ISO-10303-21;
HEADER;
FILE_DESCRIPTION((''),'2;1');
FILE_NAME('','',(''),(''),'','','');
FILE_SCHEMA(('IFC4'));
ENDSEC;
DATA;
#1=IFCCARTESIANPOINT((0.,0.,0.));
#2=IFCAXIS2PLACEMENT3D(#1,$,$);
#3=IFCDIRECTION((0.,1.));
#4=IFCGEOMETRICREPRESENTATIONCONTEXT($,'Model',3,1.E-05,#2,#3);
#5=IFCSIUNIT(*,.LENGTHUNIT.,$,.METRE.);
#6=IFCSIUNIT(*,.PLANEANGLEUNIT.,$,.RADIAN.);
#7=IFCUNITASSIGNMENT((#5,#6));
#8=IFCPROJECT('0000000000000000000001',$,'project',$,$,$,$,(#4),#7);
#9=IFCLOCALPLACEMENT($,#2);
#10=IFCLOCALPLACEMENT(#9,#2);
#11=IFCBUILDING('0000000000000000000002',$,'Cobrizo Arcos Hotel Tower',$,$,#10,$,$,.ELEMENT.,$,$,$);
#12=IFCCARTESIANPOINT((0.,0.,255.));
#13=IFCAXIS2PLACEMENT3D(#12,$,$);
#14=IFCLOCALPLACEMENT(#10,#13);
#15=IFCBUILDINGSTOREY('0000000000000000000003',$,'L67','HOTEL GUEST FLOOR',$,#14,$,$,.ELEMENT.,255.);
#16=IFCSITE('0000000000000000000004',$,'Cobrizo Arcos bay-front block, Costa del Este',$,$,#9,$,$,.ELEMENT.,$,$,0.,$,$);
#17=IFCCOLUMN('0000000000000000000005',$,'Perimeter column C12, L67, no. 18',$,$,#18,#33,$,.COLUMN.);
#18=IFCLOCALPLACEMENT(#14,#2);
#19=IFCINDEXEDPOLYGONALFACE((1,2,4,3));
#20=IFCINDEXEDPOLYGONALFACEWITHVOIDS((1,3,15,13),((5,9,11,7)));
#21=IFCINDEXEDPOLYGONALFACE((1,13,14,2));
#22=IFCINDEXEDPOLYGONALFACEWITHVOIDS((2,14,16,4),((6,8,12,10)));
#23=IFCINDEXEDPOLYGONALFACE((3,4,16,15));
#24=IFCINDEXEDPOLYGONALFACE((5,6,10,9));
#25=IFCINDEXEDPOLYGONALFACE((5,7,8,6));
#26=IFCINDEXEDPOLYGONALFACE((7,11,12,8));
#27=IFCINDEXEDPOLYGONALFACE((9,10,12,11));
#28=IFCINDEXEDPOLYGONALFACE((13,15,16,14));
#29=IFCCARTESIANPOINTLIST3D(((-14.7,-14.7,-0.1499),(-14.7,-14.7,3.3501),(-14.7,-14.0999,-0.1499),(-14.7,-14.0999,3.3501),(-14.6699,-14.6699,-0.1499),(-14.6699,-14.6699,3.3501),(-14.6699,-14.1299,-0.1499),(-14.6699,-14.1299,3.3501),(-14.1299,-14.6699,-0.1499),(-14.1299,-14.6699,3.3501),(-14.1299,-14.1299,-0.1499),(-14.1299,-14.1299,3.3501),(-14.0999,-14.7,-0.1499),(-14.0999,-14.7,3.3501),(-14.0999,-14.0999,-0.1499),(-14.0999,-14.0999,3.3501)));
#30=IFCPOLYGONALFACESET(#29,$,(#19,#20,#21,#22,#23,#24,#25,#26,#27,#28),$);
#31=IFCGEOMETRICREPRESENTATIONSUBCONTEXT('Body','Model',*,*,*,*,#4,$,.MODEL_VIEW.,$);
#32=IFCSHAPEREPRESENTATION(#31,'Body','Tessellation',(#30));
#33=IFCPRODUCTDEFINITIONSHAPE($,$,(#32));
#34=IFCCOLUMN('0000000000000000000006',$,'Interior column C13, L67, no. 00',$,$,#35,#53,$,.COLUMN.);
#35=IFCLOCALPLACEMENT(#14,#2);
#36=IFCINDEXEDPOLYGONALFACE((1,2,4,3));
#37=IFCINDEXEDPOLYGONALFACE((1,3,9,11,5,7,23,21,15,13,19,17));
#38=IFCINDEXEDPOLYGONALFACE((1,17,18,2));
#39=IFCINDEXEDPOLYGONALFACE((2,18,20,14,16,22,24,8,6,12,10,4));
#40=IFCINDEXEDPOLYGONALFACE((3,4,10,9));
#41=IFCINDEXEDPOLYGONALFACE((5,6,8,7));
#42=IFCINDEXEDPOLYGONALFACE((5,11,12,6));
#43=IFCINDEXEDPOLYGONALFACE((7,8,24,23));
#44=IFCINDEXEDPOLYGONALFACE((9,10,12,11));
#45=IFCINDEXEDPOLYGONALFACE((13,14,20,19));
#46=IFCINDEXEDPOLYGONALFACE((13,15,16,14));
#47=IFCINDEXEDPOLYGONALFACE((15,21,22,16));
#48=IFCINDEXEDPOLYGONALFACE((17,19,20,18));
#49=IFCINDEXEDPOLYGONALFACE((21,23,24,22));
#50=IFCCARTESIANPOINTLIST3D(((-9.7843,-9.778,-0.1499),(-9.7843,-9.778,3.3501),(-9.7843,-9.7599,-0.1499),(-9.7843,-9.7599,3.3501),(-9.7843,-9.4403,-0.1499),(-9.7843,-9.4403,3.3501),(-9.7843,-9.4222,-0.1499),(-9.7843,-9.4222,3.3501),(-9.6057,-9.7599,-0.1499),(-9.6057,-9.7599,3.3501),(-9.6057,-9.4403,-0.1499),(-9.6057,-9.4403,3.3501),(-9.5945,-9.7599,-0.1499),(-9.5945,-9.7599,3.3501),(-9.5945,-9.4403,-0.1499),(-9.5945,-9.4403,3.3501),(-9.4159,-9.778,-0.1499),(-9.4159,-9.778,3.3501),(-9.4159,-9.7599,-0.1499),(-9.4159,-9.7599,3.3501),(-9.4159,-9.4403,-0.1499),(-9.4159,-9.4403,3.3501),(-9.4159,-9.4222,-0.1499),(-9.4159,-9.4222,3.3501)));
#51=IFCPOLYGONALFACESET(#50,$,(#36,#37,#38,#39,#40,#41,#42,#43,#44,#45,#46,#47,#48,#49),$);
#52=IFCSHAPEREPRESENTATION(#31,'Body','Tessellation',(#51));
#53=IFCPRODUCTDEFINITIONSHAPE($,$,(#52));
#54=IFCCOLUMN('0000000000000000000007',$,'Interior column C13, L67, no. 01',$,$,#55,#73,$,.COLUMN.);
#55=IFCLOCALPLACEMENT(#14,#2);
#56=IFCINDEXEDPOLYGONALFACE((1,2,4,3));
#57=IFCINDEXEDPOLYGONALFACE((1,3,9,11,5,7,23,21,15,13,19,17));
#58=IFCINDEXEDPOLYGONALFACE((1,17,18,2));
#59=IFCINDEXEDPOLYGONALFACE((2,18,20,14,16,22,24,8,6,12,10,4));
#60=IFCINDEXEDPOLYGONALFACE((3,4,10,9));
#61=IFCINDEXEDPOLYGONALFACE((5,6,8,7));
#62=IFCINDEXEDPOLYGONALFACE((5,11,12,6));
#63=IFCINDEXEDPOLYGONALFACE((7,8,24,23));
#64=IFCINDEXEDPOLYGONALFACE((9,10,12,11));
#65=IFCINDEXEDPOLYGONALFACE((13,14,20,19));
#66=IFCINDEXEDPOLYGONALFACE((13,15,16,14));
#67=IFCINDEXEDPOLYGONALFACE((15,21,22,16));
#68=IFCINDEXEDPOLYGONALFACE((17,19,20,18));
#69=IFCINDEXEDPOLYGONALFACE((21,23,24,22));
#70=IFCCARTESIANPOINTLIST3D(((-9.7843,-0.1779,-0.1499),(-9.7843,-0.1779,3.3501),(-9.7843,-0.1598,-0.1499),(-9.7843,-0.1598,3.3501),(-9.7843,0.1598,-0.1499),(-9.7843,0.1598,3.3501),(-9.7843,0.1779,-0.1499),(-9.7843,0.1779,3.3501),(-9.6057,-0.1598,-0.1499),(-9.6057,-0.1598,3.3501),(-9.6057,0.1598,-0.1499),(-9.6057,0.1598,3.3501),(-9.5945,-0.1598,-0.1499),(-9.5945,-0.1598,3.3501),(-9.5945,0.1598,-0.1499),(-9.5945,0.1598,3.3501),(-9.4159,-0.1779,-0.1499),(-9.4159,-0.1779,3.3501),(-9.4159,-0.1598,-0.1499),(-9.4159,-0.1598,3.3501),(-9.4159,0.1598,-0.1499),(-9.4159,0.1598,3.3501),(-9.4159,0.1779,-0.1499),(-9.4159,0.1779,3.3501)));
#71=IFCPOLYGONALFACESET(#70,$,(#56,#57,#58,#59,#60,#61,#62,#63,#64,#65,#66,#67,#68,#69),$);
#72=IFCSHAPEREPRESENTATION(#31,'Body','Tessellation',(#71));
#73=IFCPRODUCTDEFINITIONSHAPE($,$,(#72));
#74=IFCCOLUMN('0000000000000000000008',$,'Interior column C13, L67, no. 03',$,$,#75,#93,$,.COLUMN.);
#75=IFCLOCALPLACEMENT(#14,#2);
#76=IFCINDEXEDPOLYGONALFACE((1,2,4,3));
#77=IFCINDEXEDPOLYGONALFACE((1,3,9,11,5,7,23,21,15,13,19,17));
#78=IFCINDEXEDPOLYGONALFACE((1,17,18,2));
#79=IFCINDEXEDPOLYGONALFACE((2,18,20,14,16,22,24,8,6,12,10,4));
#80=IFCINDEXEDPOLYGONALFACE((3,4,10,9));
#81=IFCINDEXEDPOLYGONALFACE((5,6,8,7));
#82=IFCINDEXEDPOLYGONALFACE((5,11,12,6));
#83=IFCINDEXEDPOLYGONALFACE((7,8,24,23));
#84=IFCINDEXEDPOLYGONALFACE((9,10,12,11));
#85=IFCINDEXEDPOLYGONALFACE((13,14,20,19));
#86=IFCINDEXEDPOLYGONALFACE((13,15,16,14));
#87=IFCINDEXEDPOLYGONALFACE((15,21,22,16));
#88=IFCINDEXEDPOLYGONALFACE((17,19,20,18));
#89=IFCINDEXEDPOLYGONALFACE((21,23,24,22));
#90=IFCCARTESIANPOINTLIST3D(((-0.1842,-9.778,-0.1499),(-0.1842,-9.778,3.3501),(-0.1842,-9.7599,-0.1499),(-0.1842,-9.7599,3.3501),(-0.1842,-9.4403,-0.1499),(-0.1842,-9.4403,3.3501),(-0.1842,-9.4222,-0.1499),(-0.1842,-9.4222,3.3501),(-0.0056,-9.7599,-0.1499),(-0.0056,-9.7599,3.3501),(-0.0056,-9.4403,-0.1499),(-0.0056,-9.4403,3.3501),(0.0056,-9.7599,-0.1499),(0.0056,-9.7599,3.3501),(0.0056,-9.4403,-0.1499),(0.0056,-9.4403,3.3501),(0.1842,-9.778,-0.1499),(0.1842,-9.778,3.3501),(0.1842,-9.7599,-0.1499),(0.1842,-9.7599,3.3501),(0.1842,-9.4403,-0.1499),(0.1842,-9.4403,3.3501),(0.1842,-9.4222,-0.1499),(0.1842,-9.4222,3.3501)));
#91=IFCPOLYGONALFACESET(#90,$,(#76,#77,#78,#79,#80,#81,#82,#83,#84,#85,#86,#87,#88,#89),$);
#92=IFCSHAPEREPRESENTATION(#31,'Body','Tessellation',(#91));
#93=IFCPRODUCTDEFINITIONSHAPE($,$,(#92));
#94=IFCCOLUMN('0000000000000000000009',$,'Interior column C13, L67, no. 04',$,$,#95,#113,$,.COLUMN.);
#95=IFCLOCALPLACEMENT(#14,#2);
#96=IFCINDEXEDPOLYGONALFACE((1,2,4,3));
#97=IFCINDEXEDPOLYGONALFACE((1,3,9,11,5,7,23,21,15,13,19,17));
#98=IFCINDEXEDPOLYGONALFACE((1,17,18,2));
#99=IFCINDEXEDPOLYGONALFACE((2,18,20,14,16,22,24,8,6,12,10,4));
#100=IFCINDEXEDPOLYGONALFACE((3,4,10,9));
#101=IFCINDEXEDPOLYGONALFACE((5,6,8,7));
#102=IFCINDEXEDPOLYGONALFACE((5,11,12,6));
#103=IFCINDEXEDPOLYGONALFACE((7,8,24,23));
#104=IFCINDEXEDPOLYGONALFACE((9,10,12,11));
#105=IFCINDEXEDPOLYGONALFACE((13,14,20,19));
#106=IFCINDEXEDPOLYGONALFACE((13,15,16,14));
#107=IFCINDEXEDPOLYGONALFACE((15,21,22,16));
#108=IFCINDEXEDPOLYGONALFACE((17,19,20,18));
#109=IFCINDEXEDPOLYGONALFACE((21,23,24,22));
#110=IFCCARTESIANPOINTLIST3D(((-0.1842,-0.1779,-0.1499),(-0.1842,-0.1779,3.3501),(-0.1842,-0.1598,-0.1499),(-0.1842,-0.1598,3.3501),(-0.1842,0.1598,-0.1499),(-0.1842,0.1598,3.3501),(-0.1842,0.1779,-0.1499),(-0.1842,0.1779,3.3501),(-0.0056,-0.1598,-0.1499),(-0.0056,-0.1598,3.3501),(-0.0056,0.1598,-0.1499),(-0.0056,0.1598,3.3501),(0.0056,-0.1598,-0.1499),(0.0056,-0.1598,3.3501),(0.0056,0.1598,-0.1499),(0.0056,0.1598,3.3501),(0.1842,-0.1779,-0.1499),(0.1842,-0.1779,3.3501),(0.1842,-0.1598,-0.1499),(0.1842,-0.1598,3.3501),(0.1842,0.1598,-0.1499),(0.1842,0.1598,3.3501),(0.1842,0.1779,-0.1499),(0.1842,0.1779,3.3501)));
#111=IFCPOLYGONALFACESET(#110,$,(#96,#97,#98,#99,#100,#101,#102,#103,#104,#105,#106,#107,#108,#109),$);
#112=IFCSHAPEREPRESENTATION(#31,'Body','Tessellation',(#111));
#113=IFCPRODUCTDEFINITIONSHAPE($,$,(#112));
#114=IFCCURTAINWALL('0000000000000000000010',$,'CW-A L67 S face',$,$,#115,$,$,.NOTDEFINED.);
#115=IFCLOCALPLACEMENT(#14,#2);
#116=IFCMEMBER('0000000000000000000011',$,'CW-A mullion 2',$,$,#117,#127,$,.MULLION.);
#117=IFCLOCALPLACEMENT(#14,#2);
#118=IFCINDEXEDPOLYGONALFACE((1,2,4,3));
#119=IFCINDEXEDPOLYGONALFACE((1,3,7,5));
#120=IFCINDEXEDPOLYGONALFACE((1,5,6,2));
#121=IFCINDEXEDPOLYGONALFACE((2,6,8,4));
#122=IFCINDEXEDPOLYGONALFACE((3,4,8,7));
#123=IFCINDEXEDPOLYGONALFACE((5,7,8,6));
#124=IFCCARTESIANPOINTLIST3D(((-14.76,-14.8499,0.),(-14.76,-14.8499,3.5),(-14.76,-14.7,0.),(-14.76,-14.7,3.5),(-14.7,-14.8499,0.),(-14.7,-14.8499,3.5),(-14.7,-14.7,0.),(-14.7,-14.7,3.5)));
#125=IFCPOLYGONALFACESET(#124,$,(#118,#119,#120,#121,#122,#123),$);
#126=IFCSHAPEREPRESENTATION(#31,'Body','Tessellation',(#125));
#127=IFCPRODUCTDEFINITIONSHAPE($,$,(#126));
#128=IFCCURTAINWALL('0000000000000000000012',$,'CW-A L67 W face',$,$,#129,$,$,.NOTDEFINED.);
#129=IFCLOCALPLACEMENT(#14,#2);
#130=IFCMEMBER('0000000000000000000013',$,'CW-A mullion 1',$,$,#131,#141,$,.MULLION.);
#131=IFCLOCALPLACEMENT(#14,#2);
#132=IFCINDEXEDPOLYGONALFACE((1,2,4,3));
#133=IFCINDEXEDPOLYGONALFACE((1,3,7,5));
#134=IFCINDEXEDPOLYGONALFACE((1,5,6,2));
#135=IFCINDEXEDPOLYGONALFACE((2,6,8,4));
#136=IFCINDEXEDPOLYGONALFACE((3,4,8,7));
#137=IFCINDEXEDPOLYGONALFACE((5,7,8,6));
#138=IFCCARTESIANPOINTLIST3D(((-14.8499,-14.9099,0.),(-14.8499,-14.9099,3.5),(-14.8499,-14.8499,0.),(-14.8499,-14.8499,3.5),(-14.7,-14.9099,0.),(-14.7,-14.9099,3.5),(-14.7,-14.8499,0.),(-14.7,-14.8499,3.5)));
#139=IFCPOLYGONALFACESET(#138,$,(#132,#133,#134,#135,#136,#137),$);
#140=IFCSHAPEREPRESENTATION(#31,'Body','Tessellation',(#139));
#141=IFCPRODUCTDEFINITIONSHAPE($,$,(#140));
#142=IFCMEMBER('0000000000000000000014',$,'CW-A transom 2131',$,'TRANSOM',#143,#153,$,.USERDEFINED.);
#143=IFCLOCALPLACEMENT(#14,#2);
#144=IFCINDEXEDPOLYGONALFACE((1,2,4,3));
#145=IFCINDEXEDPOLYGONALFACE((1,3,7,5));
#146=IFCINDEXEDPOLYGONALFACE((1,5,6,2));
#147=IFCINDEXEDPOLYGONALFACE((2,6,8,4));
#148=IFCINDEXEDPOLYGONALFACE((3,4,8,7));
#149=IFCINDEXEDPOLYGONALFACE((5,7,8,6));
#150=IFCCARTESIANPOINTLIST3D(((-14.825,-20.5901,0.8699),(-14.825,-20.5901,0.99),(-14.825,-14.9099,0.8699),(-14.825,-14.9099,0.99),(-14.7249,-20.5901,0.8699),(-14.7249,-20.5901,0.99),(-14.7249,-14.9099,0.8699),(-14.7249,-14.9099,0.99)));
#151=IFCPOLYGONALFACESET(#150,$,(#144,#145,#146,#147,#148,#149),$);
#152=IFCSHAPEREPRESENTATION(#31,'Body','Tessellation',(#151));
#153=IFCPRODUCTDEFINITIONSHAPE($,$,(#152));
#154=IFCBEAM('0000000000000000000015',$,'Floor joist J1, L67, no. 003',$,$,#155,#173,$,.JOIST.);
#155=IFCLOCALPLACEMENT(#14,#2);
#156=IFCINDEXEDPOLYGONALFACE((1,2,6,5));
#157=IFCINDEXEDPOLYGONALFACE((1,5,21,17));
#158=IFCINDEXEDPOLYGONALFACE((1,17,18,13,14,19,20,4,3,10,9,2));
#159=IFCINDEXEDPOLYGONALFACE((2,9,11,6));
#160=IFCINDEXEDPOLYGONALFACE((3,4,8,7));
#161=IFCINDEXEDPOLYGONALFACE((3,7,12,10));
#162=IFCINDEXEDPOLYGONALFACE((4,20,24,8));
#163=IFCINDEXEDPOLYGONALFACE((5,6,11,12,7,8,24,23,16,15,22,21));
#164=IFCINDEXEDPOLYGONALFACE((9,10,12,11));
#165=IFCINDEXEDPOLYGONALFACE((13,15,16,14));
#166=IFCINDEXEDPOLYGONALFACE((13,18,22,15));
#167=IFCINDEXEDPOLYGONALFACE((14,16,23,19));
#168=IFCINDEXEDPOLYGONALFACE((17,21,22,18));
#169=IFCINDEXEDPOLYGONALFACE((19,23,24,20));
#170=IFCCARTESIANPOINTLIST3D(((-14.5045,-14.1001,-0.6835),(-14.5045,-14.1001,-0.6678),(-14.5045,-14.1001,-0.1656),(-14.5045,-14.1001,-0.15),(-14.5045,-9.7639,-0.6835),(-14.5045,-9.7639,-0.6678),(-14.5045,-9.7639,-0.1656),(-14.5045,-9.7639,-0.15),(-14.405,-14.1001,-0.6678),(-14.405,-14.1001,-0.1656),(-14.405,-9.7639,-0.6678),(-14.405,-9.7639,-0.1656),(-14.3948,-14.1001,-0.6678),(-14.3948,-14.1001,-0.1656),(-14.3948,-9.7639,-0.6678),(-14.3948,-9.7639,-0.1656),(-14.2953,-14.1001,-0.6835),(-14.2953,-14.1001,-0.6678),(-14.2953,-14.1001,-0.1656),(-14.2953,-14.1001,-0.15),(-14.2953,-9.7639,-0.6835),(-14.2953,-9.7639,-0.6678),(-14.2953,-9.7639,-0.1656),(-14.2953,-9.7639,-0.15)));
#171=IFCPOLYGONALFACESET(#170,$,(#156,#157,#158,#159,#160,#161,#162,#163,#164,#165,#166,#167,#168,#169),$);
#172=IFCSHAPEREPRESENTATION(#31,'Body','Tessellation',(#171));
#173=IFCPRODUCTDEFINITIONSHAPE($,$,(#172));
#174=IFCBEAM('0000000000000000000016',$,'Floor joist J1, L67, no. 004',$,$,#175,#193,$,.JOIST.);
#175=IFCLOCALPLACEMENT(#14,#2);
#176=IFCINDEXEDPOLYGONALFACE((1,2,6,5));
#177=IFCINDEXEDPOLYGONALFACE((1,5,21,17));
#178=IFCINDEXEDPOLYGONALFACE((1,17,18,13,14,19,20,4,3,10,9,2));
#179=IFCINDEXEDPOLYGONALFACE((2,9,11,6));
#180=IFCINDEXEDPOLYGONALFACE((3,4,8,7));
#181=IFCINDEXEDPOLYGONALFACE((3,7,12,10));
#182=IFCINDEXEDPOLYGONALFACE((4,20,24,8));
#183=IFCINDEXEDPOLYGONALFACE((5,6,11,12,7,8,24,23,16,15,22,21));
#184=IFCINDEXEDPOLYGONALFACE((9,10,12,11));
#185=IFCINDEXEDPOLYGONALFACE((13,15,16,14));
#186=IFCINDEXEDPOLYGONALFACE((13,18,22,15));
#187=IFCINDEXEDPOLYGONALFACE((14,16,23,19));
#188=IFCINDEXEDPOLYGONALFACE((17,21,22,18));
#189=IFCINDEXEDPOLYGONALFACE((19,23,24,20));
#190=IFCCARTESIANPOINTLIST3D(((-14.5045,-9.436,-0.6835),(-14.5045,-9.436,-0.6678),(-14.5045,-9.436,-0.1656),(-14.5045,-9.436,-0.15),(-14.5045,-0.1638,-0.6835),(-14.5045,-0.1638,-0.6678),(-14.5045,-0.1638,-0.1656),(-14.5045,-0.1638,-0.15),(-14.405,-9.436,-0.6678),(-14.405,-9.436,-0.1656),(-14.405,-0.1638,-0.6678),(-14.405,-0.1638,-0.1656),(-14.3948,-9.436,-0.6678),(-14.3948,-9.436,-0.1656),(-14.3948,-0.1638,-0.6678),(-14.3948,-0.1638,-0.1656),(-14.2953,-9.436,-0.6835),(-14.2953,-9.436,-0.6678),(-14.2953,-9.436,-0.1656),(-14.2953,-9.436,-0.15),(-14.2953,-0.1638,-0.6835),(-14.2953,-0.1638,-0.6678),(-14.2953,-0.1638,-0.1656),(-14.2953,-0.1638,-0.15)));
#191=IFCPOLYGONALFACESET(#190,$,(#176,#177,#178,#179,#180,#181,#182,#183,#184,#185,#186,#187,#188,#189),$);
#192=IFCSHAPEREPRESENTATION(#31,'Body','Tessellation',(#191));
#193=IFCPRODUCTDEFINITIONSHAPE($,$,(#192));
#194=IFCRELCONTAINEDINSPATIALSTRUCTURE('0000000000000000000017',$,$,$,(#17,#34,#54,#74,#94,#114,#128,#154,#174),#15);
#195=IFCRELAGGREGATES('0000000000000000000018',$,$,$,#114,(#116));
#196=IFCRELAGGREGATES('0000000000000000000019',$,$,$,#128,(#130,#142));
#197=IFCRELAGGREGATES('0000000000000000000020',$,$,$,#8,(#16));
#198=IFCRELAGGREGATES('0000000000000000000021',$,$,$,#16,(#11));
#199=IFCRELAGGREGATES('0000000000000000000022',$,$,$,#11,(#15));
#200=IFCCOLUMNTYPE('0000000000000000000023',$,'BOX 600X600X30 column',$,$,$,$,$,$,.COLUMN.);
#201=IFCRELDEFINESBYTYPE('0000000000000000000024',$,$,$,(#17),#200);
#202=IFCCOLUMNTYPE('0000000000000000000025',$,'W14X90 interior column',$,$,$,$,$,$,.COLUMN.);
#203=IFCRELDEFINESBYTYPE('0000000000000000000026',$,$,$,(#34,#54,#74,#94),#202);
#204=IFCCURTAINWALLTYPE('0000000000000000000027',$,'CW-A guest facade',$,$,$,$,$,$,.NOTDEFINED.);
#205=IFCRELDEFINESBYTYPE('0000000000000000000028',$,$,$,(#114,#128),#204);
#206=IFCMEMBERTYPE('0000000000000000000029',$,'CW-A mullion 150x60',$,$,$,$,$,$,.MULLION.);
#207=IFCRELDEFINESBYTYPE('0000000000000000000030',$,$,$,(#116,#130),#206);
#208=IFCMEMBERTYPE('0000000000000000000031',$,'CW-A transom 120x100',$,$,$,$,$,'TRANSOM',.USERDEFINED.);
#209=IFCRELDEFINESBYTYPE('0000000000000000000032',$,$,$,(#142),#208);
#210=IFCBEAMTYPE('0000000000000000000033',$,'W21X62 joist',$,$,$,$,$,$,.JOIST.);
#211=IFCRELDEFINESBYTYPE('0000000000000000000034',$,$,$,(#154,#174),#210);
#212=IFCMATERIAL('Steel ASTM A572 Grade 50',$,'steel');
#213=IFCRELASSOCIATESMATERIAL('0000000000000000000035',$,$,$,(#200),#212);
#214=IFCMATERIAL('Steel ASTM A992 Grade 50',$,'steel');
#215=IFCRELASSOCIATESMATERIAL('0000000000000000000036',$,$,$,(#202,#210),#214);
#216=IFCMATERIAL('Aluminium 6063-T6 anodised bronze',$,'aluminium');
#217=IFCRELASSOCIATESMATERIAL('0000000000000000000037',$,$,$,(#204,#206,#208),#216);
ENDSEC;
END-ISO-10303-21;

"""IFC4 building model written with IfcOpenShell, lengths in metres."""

from ifc_helpers import new_model, si_unit, direction, frame, origin, origin_2d, place, context, subcontext, project, spatial, rectangle, hollow_rectangle, i_section, extrude, material, material_profile, profile_set, type_object, element, aggregate, save


model = new_model("IFC4")

# Units and contexts
model_context = context("Model", 3, precision=1e-05, world=origin(), true_north=direction((0.0, 1.0)))
body_context = subcontext(model_context, "Body", "Model", "MODEL_VIEW")
ifc_project = project(units=[si_unit("LENGTHUNIT", "METRE"), si_unit("PLANEANGLEUNIT", "RADIAN")], contexts=[model_context])

# Site, building, storey
site_placement = place(None, origin())
site = spatial("IfcSite", under=ifc_project, at=site_placement, Name="Cobrizo Arcos bay-front block, Costa del Este", CompositionType="ELEMENT", RefElevation=0.0)
building_placement = place(site_placement, origin())
building = spatial("IfcBuilding", under=site, at=building_placement, Name="Cobrizo Arcos Hotel Tower", CompositionType="ELEMENT")
storey_placement = place(building_placement, frame((0.0, 0.0, 255.0)))
storey = spatial("IfcBuildingStorey", under=building, at=storey_placement, Name="L67", Description="HOTEL GUEST FLOOR", CompositionType="ELEMENT", Elevation=255.0)

# Columns
ifc_material_1 = material(Name="Steel ASTM A572 Grade 50", Category="steel")
ifc_material_profile_1 = material_profile(ifc_material_1, hollow_rectangle(XDim=0.6001, YDim=0.6001, WallThickness=0.03, at=origin_2d()), Name="BOX 600X600X30")
ifc_profile_set_1 = profile_set([ifc_material_profile_1], Name="Steel ASTM A572 Grade 50")
column_type_1 = type_object("IfcColumnType", Name="BOX 600X600X30 column", PredefinedType="COLUMN", material=ifc_profile_set_1)
column_placement = place(storey_placement, frame((-14.3999, -14.3999, -0.1499), z_axis=(0.0, 0.0, 1.0), x_axis=(1.0, 0.0, 0.0)))
element("IfcColumn", 1, at=column_placement, inside=storey, type_object=column_type_1, Name="Perimeter column C12, L67, no. 18", PredefinedType="COLUMN", context=body_context, shape_type="SweptSolid", body=[
    extrude(hollow_rectangle(XDim=0.6001, YDim=0.6001, WallThickness=0.03, at=origin_2d()), origin(), (0.0, 0.0, 1.0), 3.5),
])
ifc_material_2 = material(Name="Steel ASTM A992 Grade 50", Category="steel")
ifc_material_profile_2 = material_profile(ifc_material_2, i_section(OverallWidth=0.3684, OverallDepth=0.3557, WebThickness=0.0112, FlangeThickness=0.0181, at=origin_2d()), Name="W14X90")
ifc_profile_set_2 = profile_set([ifc_material_profile_2], Name="Steel ASTM A992 Grade 50")
column_type_2 = type_object("IfcColumnType", Name="W14X90 interior column", PredefinedType="COLUMN", material=ifc_profile_set_2)
for number, where, z_axis, x_axis, name in (
    (2, (-9.6001, -9.6001, -0.1499), (0.0, 0.0, 1.0), (1.0, 0.0, 0.0), "Interior column C13, L67, no. 00"),
    (3, (-9.6001, 0.0, -0.1499), (0.0, 0.0, 1.0), (1.0, 0.0, 0.0), "Interior column C13, L67, no. 01"),
    (4, (0.0, -9.6001, -0.1499), (0.0, 0.0, 1.0), (1.0, 0.0, 0.0), "Interior column C13, L67, no. 03"),
    (5, (0.0, 0.0, -0.1499), (0.0, 0.0, 1.0), (1.0, 0.0, 0.0), "Interior column C13, L67, no. 04"),
):
    element("IfcColumn", number, at=place(storey_placement, frame(where, z_axis=z_axis, x_axis=x_axis)), inside=storey, type_object=column_type_2, Name=name, PredefinedType="COLUMN", context=body_context, shape_type="SweptSolid", body=[
        extrude(i_section(OverallWidth=0.3684, OverallDepth=0.3557, WebThickness=0.0112, FlangeThickness=0.0181, at=origin_2d()), origin(), (0.0, 0.0, 1.0), 3.5),
    ])

# Curtain wall, member
ifc_material_3 = material(Name="Aluminium 6063-T6 anodised bronze", Category="aluminium")
curtain_wall_type = type_object("IfcCurtainWallType", Name="CW-A guest facade", PredefinedType="NOTDEFINED", material=ifc_material_3)
curtain_wall_1_placement = place(storey_placement, origin())
curtain_wall_1 = element("IfcCurtainWall", 6, at=curtain_wall_1_placement, inside=storey, type_object=curtain_wall_type, Name="CW-A L67 S face", PredefinedType="NOTDEFINED")
ifc_material_profile_3 = material_profile(ifc_material_3, rectangle(XDim=0.1499, YDim=0.0601, at=origin_2d()), Name="CW-A mullion 150x60")
ifc_profile_set_3 = profile_set([ifc_material_profile_3], Name="Aluminium 6063-T6 anodised bronze")
member_type_1 = type_object("IfcMemberType", Name="CW-A mullion 150x60", PredefinedType="MULLION", material=ifc_profile_set_3)
member_1_placement = place(storey_placement, frame((-14.73, -14.7749, 0.0), z_axis=(0.0, 0.0, 1.0), x_axis=(0.0, -1.0, 0.0)))
member_1 = element("IfcMember", 7, at=member_1_placement, type_object=member_type_1, Name="CW-A mullion 2", PredefinedType="MULLION", context=body_context, shape_type="SweptSolid", body=[
    extrude(rectangle(XDim=0.1499, YDim=0.0601, at=origin_2d()), origin(), (0.0, 0.0, 1.0), 3.5),
])
aggregate(curtain_wall_1, [member_1])

# Curtain wall, members
curtain_wall_2_placement = place(storey_placement, origin())
curtain_wall_2 = element("IfcCurtainWall", 8, at=curtain_wall_2_placement, inside=storey, type_object=curtain_wall_type, Name="CW-A L67 W face", PredefinedType="NOTDEFINED")
member_2_placement = place(storey_placement, frame((-14.7749, -14.8799, 0.0), z_axis=(0.0, 0.0, 1.0), x_axis=(-1.0, 0.0, 0.0)))
member_2 = element("IfcMember", 9, at=member_2_placement, type_object=member_type_1, Name="CW-A mullion 1", PredefinedType="MULLION", context=body_context, shape_type="SweptSolid", body=[
    extrude(rectangle(XDim=0.1499, YDim=0.0601, at=origin_2d()), origin(), (0.0, 0.0, 1.0), 3.5),
])
ifc_material_profile_4 = material_profile(ifc_material_3, rectangle(XDim=0.1001, YDim=0.1201, at=origin_2d()), Name="CW-A transom 120x100")
ifc_profile_set_4 = profile_set([ifc_material_profile_4], Name="Aluminium 6063-T6 anodised bronze")
member_type_2 = type_object("IfcMemberType", Name="CW-A transom 120x100", ElementType="TRANSOM", PredefinedType="USERDEFINED", material=ifc_profile_set_4)
member_3_placement = place(storey_placement, frame((-14.7749, -14.9099, 0.9299), z_axis=(0.0, -1.0, 0.0), x_axis=(1.0, 0.0, 0.0)))
member_3 = element("IfcMember", 10, at=member_3_placement, type_object=member_type_2, Name="CW-A transom 2131", ObjectType="TRANSOM", PredefinedType="USERDEFINED", context=body_context, shape_type="SweptSolid", body=[
    extrude(rectangle(XDim=0.1001, YDim=0.1201, at=origin_2d()), origin(), (0.0, 0.0, 1.0), 5.6802),
])
aggregate(curtain_wall_2, [member_2, member_3])

# Beams
ifc_material_profile_5 = material_profile(ifc_material_2, i_section(OverallWidth=0.2092, OverallDepth=0.5334, WebThickness=0.0103, FlangeThickness=0.0156, at=origin_2d()), Name="W21X62")
ifc_profile_set_5 = profile_set([ifc_material_profile_5], Name="Steel ASTM A992 Grade 50")
beam_type_1 = type_object("IfcBeamType", Name="W21X62 joist", PredefinedType="JOIST", material=ifc_profile_set_5)
beam_1_placement = place(storey_placement, frame((-14.3999, -14.1001, -0.4167), z_axis=(0.0, 1.0, 0.0), x_axis=(-1.0, 0.0, 0.0)))
element("IfcBeam", 11, at=beam_1_placement, inside=storey, type_object=beam_type_1, Name="Floor joist J1, L67, no. 003", PredefinedType="JOIST", context=body_context, shape_type="SweptSolid", body=[
    extrude(i_section(OverallWidth=0.2092, OverallDepth=0.5334, WebThickness=0.0103, FlangeThickness=0.0156, at=origin_2d()), origin(), (0.0, 0.0, 1.0), 4.3362),
])
for number, where, z_axis, x_axis, name in (
    (12, (-14.3999, -9.436, -0.4167), (0.0, 1.0, 0.0), (-1.0, 0.0, 0.0), "Floor joist J1, L67, no. 004"),
):
    element("IfcBeam", number, at=place(storey_placement, frame(where, z_axis=z_axis, x_axis=x_axis)), inside=storey, type_object=beam_type_1, Name=name, PredefinedType="JOIST", context=body_context, shape_type="SweptSolid", body=[
        extrude(i_section(OverallWidth=0.2092, OverallDepth=0.5334, WebThickness=0.0103, FlangeThickness=0.0156, at=origin_2d()), origin(), (0.0, 0.0, 1.0), 9.2722),
    ])

save(model, "model.ifc")
